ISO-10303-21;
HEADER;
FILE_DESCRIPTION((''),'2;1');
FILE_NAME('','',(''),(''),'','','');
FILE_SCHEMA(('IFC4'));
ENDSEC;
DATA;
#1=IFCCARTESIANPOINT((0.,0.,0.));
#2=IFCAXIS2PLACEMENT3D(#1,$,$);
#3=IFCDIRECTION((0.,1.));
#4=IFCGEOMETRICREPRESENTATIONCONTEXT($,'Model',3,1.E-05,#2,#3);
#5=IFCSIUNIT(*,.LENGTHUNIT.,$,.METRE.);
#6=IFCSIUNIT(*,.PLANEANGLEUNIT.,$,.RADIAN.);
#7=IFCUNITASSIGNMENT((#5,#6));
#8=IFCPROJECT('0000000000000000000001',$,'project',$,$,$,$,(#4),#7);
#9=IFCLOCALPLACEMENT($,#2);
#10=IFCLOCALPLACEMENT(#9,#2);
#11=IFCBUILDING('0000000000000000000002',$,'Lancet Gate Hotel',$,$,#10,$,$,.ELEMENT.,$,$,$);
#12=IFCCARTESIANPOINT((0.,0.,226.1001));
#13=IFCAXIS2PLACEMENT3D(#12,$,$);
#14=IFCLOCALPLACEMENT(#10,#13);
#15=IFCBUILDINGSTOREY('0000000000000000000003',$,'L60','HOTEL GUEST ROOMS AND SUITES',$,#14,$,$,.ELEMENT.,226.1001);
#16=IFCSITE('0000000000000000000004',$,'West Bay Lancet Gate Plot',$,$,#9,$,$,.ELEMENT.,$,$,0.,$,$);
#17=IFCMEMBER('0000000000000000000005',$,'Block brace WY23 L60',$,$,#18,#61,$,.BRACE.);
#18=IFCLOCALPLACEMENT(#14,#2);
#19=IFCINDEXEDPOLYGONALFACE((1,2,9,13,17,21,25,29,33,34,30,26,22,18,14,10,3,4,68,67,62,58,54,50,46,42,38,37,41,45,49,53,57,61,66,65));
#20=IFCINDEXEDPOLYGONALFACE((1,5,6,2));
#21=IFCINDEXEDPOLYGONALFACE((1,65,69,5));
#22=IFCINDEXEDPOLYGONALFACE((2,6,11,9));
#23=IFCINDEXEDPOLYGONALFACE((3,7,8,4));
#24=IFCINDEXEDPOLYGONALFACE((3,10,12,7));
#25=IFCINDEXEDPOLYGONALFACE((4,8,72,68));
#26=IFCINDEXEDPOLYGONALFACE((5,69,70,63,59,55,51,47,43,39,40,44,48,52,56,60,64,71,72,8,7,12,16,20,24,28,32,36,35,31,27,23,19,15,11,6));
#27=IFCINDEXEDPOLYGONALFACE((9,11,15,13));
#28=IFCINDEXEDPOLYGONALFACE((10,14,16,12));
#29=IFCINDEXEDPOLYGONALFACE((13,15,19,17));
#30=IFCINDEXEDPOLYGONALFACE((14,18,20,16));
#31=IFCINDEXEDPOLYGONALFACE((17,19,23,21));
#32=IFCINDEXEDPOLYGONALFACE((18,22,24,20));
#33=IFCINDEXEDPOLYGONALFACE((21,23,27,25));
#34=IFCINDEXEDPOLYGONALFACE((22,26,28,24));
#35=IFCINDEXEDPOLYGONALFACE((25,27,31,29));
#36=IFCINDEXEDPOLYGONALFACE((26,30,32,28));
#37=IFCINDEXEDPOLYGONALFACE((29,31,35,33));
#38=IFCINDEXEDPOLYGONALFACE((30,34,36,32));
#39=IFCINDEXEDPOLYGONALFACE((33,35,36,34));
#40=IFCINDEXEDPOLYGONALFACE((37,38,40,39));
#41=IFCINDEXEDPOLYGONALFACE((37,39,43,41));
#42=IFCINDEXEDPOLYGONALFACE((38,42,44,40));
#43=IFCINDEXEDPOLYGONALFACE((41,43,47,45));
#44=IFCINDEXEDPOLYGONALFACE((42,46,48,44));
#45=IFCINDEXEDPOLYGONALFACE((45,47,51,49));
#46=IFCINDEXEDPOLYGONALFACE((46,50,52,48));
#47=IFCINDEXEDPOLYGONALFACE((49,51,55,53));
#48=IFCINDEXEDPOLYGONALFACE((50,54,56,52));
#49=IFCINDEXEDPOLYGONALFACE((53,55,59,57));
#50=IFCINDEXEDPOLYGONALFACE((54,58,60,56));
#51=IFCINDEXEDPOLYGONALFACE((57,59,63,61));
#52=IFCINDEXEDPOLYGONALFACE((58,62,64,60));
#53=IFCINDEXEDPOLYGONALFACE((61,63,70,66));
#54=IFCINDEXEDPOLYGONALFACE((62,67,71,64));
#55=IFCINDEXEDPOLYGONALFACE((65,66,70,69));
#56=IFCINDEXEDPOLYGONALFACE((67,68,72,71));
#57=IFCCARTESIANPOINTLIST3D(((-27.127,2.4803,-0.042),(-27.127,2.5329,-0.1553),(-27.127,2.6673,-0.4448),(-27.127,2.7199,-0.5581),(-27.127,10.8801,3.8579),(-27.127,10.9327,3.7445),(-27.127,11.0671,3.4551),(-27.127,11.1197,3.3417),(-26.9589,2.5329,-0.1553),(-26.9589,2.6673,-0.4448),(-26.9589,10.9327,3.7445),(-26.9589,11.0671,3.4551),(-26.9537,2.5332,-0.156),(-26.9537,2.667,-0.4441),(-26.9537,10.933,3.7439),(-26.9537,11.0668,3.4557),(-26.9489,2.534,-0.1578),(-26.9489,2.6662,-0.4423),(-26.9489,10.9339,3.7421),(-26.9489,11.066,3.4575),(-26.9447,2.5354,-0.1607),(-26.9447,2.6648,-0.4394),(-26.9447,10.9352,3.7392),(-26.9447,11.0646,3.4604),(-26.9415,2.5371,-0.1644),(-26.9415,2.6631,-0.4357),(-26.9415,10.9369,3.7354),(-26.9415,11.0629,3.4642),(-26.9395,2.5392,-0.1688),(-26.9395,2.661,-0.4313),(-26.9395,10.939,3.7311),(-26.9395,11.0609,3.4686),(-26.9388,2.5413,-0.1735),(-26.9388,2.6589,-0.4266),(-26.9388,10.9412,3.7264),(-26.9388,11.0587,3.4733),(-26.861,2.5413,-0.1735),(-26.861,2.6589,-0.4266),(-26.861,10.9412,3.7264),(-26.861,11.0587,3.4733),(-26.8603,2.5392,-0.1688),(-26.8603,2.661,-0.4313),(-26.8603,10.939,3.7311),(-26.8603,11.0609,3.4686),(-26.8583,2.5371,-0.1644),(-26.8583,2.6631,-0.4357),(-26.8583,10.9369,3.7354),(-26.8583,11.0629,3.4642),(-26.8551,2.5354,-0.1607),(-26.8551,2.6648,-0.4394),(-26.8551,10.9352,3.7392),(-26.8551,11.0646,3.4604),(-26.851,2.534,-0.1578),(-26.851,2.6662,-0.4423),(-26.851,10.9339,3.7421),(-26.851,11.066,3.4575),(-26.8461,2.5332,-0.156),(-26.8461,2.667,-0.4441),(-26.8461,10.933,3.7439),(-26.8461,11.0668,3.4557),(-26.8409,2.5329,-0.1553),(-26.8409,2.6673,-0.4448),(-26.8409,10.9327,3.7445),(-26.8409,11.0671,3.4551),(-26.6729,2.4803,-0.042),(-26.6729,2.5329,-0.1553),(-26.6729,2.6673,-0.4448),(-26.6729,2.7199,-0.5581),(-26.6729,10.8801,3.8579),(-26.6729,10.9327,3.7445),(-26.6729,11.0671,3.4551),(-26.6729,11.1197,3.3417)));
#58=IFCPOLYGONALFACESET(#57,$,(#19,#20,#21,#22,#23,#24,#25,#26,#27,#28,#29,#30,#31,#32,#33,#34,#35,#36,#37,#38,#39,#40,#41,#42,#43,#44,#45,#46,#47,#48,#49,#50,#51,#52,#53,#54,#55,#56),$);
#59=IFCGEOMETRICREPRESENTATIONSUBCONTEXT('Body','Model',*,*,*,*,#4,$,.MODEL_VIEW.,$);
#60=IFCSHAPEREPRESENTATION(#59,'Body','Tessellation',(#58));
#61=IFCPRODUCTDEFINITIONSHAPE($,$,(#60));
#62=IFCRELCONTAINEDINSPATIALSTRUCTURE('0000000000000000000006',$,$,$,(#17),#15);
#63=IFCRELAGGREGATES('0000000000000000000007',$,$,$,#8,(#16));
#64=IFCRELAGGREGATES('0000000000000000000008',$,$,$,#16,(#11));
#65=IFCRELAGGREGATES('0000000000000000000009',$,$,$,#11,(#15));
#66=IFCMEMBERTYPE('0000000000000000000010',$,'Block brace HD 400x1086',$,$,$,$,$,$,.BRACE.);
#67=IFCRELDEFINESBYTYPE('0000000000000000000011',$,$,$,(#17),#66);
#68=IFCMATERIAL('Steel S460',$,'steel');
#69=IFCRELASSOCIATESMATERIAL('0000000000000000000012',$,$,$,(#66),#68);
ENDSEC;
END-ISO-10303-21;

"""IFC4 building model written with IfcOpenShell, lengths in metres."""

from ifc_helpers import new_model, si_unit, direction, frame, origin, origin_2d, place, context, subcontext, project, spatial, i_section, extrude, material, material_profile, profile_set, type_object, element, save


model = new_model("IFC4")

# Units and contexts
model_context = context("Model", 3, precision=1e-05, world=origin(), true_north=direction((0.0, 1.0)))
body_context = subcontext(model_context, "Body", "Model", "MODEL_VIEW")
ifc_project = project(units=[si_unit("LENGTHUNIT", "METRE"), si_unit("PLANEANGLEUNIT", "RADIAN")], contexts=[model_context])

# Site, building, storey
site_placement = place(None, origin())
site = spatial("IfcSite", under=ifc_project, at=site_placement, Name="West Bay Lancet Gate Plot", CompositionType="ELEMENT", RefElevation=0.0)
building_placement = place(site_placement, origin())
building = spatial("IfcBuilding", under=site, at=building_placement, Name="Lancet Gate Hotel", CompositionType="ELEMENT")
storey_placement = place(building_placement, frame((0.0, 0.0, 226.1001)))
storey = spatial("IfcBuildingStorey", under=building, at=storey_placement, Name="L60", Description="HOTEL GUEST ROOMS AND SUITES", CompositionType="ELEMENT", Elevation=226.1001)

# Member
ifc_material_1 = material(Name="Steel S460", Category="steel")
ifc_material_profile_1 = material_profile(ifc_material_1, i_section(OverallWidth=0.4541, OverallDepth=0.5691, WebThickness=0.0779, FlangeThickness=0.125, FilletRadius=0.02, at=origin_2d()), Name="HD 400x1086")
ifc_profile_set_1 = profile_set([ifc_material_profile_1], Name="Steel S460")
member_type = type_object("IfcMemberType", Name="Block brace HD 400x1086", PredefinedType="BRACE", material=ifc_profile_set_1)
member_1_placement = place(storey_placement, frame((-26.8999, 2.6001, -0.3), z_axis=(0.0, 0.907011, 0.421107), x_axis=(-1.0, 0.0, 0.0)))
element("IfcMember", 1, at=member_1_placement, inside=storey, type_object=member_type, Name="Block brace WY23 L60", PredefinedType="BRACE", context=body_context, shape_type="SweptSolid", body=[
    extrude(i_section(OverallWidth=0.4541, OverallDepth=0.5691, WebThickness=0.0779, FlangeThickness=0.125, FilletRadius=0.02, at=origin_2d()), origin(), (0.0, 0.0, 1.0), 9.261),
])

save(model, "model.ifc")
